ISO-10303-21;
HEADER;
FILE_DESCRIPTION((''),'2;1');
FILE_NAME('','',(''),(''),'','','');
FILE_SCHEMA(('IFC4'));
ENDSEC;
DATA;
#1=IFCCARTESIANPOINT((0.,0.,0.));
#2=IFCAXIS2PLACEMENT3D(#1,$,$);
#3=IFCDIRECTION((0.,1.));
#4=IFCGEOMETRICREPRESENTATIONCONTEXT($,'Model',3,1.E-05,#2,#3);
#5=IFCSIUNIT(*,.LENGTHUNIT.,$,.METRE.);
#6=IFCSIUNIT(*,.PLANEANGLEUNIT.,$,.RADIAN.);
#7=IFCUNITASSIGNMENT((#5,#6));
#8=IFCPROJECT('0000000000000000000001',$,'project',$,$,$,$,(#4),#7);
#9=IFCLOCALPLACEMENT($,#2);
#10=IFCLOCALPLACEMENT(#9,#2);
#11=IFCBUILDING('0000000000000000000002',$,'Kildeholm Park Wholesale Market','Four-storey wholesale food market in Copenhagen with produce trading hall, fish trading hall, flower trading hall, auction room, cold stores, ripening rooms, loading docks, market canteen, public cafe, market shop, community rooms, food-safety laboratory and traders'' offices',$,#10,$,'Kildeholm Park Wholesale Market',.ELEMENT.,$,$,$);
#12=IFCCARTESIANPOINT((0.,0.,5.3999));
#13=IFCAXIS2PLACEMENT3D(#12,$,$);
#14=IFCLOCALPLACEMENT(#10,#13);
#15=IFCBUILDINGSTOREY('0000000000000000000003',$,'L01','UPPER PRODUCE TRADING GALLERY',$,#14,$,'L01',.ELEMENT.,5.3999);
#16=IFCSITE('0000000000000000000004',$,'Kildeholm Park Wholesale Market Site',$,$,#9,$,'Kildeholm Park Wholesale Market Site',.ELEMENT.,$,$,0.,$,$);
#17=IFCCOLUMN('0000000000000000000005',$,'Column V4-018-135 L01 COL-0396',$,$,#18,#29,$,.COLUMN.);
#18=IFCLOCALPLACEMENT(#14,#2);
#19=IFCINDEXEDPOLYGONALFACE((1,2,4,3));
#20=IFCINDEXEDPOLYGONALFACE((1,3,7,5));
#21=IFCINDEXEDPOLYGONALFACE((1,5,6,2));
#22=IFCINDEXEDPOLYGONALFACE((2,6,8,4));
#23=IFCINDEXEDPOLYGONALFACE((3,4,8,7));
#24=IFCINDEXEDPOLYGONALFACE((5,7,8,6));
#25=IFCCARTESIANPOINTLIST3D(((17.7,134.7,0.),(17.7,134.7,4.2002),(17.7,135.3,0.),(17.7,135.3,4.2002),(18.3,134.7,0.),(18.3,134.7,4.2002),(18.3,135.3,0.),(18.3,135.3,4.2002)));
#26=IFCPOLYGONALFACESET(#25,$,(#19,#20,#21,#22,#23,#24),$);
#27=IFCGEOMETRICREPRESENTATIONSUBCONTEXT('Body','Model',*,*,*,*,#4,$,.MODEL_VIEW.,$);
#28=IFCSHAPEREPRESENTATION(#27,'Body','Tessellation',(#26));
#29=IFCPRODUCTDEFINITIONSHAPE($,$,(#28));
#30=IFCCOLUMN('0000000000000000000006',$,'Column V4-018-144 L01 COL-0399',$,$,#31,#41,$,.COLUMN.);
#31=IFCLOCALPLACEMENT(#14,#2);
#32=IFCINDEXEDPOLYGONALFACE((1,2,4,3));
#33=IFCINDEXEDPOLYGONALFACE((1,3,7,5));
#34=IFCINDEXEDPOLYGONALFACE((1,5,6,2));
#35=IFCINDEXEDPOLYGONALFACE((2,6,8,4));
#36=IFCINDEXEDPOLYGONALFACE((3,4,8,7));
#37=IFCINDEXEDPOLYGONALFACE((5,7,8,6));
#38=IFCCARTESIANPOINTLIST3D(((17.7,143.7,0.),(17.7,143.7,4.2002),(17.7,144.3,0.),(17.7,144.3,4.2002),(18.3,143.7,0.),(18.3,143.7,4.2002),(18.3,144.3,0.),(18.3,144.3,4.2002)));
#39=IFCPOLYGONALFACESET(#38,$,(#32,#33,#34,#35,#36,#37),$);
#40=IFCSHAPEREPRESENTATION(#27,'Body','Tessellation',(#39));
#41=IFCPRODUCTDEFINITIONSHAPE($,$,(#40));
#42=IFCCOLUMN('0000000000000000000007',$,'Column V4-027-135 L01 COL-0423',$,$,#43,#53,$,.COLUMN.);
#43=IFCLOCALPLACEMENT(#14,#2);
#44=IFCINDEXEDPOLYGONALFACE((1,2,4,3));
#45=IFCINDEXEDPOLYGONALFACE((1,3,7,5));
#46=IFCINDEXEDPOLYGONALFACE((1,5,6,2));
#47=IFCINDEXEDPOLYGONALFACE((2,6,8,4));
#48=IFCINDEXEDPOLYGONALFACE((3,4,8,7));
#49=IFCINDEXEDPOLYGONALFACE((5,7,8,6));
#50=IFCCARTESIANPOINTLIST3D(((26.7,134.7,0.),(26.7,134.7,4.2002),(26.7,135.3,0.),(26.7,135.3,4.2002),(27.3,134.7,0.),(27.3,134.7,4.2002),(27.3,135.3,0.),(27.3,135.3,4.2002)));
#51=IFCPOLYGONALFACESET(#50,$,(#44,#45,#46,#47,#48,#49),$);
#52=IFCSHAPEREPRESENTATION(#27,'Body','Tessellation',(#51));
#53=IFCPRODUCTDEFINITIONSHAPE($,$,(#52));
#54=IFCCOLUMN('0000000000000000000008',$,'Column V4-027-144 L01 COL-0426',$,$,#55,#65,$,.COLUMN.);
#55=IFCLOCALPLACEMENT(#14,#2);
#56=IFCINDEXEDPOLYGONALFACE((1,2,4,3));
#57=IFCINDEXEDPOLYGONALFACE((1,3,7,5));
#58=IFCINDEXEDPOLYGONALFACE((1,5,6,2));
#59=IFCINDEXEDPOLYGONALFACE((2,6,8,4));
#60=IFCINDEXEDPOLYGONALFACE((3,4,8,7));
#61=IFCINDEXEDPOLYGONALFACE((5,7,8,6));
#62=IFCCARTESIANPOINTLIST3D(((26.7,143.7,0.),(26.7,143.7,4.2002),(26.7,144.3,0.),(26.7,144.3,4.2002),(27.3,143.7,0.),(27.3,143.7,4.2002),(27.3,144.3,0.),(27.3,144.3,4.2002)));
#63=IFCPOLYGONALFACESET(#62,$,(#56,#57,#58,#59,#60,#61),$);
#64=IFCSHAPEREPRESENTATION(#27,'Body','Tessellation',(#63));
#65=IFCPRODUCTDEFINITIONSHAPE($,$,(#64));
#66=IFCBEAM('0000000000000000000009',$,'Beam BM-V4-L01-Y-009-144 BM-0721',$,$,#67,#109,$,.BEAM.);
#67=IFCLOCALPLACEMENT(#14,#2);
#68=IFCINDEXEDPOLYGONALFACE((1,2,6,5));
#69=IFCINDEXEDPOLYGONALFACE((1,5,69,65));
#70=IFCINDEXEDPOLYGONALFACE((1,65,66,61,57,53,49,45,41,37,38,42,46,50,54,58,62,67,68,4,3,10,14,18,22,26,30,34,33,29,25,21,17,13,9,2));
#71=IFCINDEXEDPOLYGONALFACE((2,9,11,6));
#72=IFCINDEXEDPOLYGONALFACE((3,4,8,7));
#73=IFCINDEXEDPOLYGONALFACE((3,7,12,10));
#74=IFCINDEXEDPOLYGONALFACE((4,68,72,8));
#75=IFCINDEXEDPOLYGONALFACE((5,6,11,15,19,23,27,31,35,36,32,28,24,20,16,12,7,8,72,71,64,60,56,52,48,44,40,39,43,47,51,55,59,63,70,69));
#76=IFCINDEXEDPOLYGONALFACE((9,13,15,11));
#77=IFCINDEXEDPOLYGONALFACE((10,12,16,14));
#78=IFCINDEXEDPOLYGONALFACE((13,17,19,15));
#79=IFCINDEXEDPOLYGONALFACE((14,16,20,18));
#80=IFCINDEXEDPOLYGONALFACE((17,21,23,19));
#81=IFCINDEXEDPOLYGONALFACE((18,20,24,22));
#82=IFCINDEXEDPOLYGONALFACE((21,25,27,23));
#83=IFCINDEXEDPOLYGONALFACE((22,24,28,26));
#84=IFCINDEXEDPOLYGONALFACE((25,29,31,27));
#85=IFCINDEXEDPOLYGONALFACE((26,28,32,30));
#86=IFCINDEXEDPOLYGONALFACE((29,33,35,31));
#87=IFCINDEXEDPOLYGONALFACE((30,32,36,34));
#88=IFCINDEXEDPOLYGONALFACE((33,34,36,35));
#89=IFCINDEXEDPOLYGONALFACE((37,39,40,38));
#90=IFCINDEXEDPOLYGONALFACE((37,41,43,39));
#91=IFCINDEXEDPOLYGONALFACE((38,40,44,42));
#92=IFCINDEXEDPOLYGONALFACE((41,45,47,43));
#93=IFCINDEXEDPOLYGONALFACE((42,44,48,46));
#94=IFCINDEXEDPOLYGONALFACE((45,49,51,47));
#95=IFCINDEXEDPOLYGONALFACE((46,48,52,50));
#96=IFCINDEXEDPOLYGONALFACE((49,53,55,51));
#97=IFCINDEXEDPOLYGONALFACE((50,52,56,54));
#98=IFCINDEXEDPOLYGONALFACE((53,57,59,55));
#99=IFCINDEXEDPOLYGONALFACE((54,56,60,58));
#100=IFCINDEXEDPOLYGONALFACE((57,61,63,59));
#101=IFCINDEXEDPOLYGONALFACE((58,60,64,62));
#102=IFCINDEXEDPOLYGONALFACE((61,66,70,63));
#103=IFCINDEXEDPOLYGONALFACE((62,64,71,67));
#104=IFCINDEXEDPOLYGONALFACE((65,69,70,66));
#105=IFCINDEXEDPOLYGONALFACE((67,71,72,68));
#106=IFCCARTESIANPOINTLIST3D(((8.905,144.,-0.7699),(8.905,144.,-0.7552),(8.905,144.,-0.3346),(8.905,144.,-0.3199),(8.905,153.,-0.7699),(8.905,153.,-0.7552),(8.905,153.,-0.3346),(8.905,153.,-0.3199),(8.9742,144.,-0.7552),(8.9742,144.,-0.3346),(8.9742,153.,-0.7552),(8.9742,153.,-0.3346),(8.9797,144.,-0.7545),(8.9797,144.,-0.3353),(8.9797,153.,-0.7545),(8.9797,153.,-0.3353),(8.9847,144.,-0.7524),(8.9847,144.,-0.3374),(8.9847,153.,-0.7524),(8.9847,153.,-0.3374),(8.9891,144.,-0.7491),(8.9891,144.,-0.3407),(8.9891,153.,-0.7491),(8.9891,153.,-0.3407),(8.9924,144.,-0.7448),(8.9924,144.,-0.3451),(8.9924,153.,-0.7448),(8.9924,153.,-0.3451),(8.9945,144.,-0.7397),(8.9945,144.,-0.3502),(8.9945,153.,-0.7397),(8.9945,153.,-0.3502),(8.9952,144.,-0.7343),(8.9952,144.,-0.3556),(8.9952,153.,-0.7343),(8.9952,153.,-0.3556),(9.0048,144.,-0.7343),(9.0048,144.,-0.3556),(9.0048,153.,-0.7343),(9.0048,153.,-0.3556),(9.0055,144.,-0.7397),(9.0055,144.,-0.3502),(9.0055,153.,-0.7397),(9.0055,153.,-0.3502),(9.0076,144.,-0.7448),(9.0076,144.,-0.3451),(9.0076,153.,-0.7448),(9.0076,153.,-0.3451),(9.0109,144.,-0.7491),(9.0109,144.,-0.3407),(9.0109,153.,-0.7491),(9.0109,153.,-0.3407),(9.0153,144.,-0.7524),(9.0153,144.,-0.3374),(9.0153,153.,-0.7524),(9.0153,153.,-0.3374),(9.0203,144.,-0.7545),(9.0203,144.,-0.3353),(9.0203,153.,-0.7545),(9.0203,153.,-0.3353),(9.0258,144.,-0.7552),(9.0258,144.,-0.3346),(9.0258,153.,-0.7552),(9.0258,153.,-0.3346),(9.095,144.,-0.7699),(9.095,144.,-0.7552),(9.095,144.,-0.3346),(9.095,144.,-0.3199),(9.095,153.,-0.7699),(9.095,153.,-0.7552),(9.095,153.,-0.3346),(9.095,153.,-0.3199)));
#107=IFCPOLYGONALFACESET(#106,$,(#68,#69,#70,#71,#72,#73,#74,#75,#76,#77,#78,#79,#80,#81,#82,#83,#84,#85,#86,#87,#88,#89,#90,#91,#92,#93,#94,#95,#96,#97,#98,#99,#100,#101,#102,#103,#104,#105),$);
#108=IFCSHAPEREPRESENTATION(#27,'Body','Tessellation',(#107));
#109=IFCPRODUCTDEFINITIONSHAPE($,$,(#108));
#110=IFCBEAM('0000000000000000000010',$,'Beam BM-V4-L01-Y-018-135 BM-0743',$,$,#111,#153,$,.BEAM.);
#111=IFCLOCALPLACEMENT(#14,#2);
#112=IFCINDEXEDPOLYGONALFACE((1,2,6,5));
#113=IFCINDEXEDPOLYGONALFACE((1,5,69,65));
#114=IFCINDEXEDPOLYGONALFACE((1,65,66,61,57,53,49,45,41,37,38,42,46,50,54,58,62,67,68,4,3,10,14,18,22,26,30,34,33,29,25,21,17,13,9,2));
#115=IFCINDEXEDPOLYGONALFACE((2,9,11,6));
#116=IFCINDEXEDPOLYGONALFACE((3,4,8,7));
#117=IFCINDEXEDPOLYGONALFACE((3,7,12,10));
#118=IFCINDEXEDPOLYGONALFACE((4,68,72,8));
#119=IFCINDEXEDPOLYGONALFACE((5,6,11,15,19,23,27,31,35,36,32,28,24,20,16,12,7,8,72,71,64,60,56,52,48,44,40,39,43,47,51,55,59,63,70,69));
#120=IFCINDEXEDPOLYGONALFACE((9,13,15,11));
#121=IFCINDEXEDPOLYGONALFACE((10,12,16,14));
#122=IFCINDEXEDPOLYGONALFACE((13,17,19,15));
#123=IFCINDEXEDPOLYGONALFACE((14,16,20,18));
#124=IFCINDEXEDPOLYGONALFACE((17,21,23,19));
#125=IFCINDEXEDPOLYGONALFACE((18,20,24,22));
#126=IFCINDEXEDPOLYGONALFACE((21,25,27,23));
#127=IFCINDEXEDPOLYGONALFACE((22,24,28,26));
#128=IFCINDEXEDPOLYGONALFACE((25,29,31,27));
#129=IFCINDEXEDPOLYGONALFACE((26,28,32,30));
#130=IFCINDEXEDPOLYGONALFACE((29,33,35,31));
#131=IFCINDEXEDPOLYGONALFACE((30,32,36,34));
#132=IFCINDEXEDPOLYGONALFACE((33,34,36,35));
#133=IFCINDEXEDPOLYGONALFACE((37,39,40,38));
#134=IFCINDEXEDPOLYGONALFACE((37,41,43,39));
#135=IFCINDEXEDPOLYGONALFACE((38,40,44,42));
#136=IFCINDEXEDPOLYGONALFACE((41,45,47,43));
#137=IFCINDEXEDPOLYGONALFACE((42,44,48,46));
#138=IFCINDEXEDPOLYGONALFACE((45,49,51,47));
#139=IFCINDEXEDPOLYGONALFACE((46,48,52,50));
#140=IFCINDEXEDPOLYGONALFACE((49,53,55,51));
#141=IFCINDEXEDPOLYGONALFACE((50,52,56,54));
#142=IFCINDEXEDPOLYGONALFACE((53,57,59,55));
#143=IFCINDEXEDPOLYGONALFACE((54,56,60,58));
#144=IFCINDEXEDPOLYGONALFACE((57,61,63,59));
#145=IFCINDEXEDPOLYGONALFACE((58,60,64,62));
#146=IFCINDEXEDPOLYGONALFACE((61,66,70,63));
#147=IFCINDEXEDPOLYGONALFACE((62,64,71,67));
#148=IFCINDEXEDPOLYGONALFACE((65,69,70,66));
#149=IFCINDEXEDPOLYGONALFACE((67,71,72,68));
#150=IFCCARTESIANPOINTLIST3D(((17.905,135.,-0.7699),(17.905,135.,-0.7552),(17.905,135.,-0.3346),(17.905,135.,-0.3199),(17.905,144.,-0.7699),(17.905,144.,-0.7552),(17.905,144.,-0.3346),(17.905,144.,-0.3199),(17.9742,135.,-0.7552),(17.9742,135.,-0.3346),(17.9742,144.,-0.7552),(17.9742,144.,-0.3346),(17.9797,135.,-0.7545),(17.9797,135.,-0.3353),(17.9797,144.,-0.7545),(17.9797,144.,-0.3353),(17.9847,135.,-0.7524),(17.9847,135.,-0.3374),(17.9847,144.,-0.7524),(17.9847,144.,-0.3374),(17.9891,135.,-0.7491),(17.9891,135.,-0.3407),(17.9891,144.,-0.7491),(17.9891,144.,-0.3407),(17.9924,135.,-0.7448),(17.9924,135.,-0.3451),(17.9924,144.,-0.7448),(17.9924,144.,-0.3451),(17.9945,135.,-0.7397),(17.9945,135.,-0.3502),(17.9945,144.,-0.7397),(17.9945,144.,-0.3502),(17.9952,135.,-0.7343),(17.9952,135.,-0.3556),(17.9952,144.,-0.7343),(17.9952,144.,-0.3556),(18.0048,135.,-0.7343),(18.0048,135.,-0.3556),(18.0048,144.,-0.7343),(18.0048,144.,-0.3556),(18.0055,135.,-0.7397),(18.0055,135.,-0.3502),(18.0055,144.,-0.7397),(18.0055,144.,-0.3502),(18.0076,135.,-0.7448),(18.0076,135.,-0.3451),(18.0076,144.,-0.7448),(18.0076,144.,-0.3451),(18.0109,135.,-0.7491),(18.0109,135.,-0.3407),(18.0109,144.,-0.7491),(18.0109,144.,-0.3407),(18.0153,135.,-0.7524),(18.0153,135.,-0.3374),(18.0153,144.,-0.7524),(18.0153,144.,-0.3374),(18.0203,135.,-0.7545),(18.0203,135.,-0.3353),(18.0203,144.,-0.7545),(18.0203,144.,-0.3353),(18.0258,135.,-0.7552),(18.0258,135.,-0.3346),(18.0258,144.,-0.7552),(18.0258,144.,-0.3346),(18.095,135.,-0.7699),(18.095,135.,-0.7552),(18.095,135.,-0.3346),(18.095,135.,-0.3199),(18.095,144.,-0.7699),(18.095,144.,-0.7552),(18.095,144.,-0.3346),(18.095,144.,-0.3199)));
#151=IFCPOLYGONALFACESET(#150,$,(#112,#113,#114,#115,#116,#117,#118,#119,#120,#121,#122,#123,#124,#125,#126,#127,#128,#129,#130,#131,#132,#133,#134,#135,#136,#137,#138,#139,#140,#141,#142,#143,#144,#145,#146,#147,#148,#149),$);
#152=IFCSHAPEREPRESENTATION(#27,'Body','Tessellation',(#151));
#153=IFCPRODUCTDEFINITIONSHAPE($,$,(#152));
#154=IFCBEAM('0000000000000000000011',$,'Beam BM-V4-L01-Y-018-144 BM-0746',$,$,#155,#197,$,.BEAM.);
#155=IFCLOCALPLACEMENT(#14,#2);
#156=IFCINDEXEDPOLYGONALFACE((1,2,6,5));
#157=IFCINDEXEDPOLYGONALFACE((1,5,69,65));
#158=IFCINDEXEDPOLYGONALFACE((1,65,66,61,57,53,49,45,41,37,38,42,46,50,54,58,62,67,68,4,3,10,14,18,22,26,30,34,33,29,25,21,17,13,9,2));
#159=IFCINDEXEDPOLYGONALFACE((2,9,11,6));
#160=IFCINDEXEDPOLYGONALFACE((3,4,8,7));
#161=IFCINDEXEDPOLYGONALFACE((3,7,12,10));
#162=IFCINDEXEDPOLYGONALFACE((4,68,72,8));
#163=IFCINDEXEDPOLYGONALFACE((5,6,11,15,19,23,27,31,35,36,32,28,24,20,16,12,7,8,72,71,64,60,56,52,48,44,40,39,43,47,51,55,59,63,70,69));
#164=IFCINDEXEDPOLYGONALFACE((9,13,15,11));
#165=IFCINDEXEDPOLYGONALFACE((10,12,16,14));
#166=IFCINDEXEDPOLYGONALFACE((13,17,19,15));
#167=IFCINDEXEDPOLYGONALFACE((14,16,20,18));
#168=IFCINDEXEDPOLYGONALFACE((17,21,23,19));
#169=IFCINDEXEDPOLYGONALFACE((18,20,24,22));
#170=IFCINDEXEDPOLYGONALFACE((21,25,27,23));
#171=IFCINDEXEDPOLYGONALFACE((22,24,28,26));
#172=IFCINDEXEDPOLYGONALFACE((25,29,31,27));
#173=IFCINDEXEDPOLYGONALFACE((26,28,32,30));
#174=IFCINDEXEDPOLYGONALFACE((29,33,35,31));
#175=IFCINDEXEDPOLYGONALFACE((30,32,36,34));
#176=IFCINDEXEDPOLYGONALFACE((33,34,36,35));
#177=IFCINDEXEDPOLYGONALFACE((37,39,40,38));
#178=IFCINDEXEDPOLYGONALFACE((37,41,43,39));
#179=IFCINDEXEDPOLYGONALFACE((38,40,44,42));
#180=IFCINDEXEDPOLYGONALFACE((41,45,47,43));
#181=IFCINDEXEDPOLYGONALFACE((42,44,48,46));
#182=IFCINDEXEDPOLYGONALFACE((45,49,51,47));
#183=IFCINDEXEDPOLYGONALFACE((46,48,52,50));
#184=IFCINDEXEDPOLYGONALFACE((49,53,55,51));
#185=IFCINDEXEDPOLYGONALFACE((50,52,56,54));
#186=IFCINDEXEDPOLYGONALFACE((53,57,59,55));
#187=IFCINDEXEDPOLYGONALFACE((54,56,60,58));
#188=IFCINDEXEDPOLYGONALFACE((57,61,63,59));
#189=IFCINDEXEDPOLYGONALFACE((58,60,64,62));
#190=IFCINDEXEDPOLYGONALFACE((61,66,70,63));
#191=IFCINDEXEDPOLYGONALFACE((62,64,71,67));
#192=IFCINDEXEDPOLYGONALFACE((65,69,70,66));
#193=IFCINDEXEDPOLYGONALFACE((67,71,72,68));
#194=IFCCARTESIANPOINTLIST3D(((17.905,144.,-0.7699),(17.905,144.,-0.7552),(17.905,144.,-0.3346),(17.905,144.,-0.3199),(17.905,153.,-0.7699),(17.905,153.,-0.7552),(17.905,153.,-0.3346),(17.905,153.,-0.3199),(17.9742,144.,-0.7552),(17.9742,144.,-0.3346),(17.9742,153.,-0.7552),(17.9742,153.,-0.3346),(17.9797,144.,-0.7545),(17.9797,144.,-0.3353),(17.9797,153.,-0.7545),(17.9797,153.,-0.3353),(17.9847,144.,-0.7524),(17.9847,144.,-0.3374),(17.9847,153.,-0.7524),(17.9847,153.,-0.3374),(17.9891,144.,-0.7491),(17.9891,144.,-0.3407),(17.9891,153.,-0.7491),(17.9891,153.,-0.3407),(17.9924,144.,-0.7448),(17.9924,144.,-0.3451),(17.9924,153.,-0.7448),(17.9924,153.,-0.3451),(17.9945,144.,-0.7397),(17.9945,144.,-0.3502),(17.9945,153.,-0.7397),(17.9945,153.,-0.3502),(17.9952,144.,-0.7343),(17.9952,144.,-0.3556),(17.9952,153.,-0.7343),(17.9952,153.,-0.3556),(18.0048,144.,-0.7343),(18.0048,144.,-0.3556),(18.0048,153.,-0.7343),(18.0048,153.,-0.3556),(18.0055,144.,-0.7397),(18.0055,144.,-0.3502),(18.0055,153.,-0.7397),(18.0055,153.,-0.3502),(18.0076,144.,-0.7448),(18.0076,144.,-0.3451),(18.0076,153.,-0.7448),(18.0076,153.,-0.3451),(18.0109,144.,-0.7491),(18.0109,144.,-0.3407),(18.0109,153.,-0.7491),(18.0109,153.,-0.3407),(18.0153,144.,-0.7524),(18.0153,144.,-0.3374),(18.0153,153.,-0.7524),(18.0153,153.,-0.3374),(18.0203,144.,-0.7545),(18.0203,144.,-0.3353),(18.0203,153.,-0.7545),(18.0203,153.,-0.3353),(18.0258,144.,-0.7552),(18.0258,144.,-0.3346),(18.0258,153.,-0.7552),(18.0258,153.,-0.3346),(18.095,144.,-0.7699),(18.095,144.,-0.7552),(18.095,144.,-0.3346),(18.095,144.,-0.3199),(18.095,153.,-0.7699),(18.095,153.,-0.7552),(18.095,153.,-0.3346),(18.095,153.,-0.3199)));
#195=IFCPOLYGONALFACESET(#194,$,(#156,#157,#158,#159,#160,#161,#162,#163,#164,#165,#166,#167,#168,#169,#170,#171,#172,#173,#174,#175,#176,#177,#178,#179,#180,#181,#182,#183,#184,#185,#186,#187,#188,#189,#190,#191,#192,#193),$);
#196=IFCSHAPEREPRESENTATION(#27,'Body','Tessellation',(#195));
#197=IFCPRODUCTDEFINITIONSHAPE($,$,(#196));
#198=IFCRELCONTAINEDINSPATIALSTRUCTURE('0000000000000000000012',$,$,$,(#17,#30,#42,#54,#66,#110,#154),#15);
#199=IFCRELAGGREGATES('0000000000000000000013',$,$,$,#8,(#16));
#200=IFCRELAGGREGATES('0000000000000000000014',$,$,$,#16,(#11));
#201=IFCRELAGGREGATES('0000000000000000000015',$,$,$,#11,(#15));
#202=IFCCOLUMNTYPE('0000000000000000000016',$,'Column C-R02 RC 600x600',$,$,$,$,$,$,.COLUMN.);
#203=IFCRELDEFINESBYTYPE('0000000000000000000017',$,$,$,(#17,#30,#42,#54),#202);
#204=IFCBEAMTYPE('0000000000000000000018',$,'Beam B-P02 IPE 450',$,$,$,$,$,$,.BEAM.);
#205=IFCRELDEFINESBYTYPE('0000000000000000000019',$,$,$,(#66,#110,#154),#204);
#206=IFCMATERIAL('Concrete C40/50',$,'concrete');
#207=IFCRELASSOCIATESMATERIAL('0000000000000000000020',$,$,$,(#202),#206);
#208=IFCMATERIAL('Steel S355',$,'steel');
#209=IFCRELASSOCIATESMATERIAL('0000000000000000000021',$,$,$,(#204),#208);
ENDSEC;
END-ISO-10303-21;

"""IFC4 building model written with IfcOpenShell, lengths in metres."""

from ifc_helpers import new_model, si_unit, direction, frame, origin, origin_2d, place, context, subcontext, project, spatial, rectangle, i_section, extrude, material, material_profile, profile_set, type_object, element, save


model = new_model("IFC4")

# Units and contexts
model_context = context("Model", 3, precision=1e-05, world=origin(), true_north=direction((0.0, 1.0)))
body_context = subcontext(model_context, "Body", "Model", "MODEL_VIEW")
ifc_project = project(units=[si_unit("LENGTHUNIT", "METRE"), si_unit("PLANEANGLEUNIT", "RADIAN")], contexts=[model_context])

# Site, building, storey
site_placement = place(None, origin())
site = spatial("IfcSite", under=ifc_project, at=site_placement, Name="Kildeholm Park Wholesale Market Site", LongName="Kildeholm Park Wholesale Market Site", CompositionType="ELEMENT", RefElevation=0.0)
building_placement = place(site_placement, origin())
building = spatial("IfcBuilding", under=site, at=building_placement, Name="Kildeholm Park Wholesale Market", Description="Four-storey wholesale food market in Copenhagen with produce trading hall, fish trading hall, flower trading hall, auction room, cold stores, ripening rooms, loading docks, market canteen, public cafe, market shop, community rooms, food-safety laboratory and traders' offices", LongName="Kildeholm Park Wholesale Market", CompositionType="ELEMENT")
storey_placement = place(building_placement, frame((0.0, 0.0, 5.3999)))
storey = spatial("IfcBuildingStorey", under=building, at=storey_placement, Name="L01", Description="UPPER PRODUCE TRADING GALLERY", LongName="L01", CompositionType="ELEMENT", Elevation=5.3999)

# Columns
ifc_material_1 = material(Name="Concrete C40/50", Category="concrete")
ifc_material_profile_1 = material_profile(ifc_material_1, rectangle(XDim=0.6001, YDim=0.6001, at=origin_2d()), Name="RC 600x600")
ifc_profile_set_1 = profile_set([ifc_material_profile_1], Name="Concrete C40/50")
column_type = type_object("IfcColumnType", Name="Column C-R02 RC 600x600", PredefinedType="COLUMN", material=ifc_profile_set_1)
for number, where, z_axis, x_axis, name in (
    (1, (18.0, 135.0, 0.0), (0.0, 0.0, 1.0), (1.0, 0.0, 0.0), "Column V4-018-135 L01 COL-0396"),
    (2, (18.0, 144.0, 0.0), (0.0, 0.0, 1.0), (1.0, 0.0, 0.0), "Column V4-018-144 L01 COL-0399"),
    (3, (27.0, 135.0, 0.0), (0.0, 0.0, 1.0), (1.0, 0.0, 0.0), "Column V4-027-135 L01 COL-0423"),
    (4, (27.0, 144.0, 0.0), (0.0, 0.0, 1.0), (1.0, 0.0, 0.0), "Column V4-027-144 L01 COL-0426"),
):
    element("IfcColumn", number, at=place(storey_placement, frame(where, z_axis=z_axis, x_axis=x_axis)), inside=storey, type_object=column_type, Name=name, PredefinedType="COLUMN", context=body_context, shape_type="SweptSolid", body=[
        extrude(rectangle(XDim=0.6001, YDim=0.6001, at=origin_2d()), origin(), (0.0, 0.0, 1.0), 4.2002),
    ])

# Beams
ifc_material_2 = material(Name="Steel S355", Category="steel")
ifc_material_profile_2 = material_profile(ifc_material_2, i_section(OverallWidth=0.1899, OverallDepth=0.45, WebThickness=0.0095, FlangeThickness=0.0146, FilletRadius=0.021, at=origin_2d()), Name="IPE 450")
ifc_profile_set_2 = profile_set([ifc_material_profile_2], Name="Steel S355")
beam_type_1 = type_object("IfcBeamType", Name="Beam B-P02 IPE 450", PredefinedType="BEAM", material=ifc_profile_set_2)
for number, where, z_axis, x_axis, name in (
    (5, (9.0, 144.0, -0.5449), (0.0, 1.0, 0.0), (-1.0, 0.0, 0.0), "Beam BM-V4-L01-Y-009-144 BM-0721"),
    (6, (18.0, 135.0, -0.5449), (0.0, 1.0, 0.0), (-1.0, 0.0, 0.0), "Beam BM-V4-L01-Y-018-135 BM-0743"),
    (7, (18.0, 144.0, -0.5449), (0.0, 1.0, 0.0), (-1.0, 0.0, 0.0), "Beam BM-V4-L01-Y-018-144 BM-0746"),
):
    element("IfcBeam", number, at=place(storey_placement, frame(where, z_axis=z_axis, x_axis=x_axis)), inside=storey, type_object=beam_type_1, Name=name, PredefinedType="BEAM", context=body_context, shape_type="SweptSolid", body=[
        extrude(i_section(OverallWidth=0.1899, OverallDepth=0.45, WebThickness=0.0095, FlangeThickness=0.0146, FilletRadius=0.021, at=origin_2d()), origin(), (0.0, 0.0, 1.0), 9.0),
    ])

save(model, "model.ifc")
